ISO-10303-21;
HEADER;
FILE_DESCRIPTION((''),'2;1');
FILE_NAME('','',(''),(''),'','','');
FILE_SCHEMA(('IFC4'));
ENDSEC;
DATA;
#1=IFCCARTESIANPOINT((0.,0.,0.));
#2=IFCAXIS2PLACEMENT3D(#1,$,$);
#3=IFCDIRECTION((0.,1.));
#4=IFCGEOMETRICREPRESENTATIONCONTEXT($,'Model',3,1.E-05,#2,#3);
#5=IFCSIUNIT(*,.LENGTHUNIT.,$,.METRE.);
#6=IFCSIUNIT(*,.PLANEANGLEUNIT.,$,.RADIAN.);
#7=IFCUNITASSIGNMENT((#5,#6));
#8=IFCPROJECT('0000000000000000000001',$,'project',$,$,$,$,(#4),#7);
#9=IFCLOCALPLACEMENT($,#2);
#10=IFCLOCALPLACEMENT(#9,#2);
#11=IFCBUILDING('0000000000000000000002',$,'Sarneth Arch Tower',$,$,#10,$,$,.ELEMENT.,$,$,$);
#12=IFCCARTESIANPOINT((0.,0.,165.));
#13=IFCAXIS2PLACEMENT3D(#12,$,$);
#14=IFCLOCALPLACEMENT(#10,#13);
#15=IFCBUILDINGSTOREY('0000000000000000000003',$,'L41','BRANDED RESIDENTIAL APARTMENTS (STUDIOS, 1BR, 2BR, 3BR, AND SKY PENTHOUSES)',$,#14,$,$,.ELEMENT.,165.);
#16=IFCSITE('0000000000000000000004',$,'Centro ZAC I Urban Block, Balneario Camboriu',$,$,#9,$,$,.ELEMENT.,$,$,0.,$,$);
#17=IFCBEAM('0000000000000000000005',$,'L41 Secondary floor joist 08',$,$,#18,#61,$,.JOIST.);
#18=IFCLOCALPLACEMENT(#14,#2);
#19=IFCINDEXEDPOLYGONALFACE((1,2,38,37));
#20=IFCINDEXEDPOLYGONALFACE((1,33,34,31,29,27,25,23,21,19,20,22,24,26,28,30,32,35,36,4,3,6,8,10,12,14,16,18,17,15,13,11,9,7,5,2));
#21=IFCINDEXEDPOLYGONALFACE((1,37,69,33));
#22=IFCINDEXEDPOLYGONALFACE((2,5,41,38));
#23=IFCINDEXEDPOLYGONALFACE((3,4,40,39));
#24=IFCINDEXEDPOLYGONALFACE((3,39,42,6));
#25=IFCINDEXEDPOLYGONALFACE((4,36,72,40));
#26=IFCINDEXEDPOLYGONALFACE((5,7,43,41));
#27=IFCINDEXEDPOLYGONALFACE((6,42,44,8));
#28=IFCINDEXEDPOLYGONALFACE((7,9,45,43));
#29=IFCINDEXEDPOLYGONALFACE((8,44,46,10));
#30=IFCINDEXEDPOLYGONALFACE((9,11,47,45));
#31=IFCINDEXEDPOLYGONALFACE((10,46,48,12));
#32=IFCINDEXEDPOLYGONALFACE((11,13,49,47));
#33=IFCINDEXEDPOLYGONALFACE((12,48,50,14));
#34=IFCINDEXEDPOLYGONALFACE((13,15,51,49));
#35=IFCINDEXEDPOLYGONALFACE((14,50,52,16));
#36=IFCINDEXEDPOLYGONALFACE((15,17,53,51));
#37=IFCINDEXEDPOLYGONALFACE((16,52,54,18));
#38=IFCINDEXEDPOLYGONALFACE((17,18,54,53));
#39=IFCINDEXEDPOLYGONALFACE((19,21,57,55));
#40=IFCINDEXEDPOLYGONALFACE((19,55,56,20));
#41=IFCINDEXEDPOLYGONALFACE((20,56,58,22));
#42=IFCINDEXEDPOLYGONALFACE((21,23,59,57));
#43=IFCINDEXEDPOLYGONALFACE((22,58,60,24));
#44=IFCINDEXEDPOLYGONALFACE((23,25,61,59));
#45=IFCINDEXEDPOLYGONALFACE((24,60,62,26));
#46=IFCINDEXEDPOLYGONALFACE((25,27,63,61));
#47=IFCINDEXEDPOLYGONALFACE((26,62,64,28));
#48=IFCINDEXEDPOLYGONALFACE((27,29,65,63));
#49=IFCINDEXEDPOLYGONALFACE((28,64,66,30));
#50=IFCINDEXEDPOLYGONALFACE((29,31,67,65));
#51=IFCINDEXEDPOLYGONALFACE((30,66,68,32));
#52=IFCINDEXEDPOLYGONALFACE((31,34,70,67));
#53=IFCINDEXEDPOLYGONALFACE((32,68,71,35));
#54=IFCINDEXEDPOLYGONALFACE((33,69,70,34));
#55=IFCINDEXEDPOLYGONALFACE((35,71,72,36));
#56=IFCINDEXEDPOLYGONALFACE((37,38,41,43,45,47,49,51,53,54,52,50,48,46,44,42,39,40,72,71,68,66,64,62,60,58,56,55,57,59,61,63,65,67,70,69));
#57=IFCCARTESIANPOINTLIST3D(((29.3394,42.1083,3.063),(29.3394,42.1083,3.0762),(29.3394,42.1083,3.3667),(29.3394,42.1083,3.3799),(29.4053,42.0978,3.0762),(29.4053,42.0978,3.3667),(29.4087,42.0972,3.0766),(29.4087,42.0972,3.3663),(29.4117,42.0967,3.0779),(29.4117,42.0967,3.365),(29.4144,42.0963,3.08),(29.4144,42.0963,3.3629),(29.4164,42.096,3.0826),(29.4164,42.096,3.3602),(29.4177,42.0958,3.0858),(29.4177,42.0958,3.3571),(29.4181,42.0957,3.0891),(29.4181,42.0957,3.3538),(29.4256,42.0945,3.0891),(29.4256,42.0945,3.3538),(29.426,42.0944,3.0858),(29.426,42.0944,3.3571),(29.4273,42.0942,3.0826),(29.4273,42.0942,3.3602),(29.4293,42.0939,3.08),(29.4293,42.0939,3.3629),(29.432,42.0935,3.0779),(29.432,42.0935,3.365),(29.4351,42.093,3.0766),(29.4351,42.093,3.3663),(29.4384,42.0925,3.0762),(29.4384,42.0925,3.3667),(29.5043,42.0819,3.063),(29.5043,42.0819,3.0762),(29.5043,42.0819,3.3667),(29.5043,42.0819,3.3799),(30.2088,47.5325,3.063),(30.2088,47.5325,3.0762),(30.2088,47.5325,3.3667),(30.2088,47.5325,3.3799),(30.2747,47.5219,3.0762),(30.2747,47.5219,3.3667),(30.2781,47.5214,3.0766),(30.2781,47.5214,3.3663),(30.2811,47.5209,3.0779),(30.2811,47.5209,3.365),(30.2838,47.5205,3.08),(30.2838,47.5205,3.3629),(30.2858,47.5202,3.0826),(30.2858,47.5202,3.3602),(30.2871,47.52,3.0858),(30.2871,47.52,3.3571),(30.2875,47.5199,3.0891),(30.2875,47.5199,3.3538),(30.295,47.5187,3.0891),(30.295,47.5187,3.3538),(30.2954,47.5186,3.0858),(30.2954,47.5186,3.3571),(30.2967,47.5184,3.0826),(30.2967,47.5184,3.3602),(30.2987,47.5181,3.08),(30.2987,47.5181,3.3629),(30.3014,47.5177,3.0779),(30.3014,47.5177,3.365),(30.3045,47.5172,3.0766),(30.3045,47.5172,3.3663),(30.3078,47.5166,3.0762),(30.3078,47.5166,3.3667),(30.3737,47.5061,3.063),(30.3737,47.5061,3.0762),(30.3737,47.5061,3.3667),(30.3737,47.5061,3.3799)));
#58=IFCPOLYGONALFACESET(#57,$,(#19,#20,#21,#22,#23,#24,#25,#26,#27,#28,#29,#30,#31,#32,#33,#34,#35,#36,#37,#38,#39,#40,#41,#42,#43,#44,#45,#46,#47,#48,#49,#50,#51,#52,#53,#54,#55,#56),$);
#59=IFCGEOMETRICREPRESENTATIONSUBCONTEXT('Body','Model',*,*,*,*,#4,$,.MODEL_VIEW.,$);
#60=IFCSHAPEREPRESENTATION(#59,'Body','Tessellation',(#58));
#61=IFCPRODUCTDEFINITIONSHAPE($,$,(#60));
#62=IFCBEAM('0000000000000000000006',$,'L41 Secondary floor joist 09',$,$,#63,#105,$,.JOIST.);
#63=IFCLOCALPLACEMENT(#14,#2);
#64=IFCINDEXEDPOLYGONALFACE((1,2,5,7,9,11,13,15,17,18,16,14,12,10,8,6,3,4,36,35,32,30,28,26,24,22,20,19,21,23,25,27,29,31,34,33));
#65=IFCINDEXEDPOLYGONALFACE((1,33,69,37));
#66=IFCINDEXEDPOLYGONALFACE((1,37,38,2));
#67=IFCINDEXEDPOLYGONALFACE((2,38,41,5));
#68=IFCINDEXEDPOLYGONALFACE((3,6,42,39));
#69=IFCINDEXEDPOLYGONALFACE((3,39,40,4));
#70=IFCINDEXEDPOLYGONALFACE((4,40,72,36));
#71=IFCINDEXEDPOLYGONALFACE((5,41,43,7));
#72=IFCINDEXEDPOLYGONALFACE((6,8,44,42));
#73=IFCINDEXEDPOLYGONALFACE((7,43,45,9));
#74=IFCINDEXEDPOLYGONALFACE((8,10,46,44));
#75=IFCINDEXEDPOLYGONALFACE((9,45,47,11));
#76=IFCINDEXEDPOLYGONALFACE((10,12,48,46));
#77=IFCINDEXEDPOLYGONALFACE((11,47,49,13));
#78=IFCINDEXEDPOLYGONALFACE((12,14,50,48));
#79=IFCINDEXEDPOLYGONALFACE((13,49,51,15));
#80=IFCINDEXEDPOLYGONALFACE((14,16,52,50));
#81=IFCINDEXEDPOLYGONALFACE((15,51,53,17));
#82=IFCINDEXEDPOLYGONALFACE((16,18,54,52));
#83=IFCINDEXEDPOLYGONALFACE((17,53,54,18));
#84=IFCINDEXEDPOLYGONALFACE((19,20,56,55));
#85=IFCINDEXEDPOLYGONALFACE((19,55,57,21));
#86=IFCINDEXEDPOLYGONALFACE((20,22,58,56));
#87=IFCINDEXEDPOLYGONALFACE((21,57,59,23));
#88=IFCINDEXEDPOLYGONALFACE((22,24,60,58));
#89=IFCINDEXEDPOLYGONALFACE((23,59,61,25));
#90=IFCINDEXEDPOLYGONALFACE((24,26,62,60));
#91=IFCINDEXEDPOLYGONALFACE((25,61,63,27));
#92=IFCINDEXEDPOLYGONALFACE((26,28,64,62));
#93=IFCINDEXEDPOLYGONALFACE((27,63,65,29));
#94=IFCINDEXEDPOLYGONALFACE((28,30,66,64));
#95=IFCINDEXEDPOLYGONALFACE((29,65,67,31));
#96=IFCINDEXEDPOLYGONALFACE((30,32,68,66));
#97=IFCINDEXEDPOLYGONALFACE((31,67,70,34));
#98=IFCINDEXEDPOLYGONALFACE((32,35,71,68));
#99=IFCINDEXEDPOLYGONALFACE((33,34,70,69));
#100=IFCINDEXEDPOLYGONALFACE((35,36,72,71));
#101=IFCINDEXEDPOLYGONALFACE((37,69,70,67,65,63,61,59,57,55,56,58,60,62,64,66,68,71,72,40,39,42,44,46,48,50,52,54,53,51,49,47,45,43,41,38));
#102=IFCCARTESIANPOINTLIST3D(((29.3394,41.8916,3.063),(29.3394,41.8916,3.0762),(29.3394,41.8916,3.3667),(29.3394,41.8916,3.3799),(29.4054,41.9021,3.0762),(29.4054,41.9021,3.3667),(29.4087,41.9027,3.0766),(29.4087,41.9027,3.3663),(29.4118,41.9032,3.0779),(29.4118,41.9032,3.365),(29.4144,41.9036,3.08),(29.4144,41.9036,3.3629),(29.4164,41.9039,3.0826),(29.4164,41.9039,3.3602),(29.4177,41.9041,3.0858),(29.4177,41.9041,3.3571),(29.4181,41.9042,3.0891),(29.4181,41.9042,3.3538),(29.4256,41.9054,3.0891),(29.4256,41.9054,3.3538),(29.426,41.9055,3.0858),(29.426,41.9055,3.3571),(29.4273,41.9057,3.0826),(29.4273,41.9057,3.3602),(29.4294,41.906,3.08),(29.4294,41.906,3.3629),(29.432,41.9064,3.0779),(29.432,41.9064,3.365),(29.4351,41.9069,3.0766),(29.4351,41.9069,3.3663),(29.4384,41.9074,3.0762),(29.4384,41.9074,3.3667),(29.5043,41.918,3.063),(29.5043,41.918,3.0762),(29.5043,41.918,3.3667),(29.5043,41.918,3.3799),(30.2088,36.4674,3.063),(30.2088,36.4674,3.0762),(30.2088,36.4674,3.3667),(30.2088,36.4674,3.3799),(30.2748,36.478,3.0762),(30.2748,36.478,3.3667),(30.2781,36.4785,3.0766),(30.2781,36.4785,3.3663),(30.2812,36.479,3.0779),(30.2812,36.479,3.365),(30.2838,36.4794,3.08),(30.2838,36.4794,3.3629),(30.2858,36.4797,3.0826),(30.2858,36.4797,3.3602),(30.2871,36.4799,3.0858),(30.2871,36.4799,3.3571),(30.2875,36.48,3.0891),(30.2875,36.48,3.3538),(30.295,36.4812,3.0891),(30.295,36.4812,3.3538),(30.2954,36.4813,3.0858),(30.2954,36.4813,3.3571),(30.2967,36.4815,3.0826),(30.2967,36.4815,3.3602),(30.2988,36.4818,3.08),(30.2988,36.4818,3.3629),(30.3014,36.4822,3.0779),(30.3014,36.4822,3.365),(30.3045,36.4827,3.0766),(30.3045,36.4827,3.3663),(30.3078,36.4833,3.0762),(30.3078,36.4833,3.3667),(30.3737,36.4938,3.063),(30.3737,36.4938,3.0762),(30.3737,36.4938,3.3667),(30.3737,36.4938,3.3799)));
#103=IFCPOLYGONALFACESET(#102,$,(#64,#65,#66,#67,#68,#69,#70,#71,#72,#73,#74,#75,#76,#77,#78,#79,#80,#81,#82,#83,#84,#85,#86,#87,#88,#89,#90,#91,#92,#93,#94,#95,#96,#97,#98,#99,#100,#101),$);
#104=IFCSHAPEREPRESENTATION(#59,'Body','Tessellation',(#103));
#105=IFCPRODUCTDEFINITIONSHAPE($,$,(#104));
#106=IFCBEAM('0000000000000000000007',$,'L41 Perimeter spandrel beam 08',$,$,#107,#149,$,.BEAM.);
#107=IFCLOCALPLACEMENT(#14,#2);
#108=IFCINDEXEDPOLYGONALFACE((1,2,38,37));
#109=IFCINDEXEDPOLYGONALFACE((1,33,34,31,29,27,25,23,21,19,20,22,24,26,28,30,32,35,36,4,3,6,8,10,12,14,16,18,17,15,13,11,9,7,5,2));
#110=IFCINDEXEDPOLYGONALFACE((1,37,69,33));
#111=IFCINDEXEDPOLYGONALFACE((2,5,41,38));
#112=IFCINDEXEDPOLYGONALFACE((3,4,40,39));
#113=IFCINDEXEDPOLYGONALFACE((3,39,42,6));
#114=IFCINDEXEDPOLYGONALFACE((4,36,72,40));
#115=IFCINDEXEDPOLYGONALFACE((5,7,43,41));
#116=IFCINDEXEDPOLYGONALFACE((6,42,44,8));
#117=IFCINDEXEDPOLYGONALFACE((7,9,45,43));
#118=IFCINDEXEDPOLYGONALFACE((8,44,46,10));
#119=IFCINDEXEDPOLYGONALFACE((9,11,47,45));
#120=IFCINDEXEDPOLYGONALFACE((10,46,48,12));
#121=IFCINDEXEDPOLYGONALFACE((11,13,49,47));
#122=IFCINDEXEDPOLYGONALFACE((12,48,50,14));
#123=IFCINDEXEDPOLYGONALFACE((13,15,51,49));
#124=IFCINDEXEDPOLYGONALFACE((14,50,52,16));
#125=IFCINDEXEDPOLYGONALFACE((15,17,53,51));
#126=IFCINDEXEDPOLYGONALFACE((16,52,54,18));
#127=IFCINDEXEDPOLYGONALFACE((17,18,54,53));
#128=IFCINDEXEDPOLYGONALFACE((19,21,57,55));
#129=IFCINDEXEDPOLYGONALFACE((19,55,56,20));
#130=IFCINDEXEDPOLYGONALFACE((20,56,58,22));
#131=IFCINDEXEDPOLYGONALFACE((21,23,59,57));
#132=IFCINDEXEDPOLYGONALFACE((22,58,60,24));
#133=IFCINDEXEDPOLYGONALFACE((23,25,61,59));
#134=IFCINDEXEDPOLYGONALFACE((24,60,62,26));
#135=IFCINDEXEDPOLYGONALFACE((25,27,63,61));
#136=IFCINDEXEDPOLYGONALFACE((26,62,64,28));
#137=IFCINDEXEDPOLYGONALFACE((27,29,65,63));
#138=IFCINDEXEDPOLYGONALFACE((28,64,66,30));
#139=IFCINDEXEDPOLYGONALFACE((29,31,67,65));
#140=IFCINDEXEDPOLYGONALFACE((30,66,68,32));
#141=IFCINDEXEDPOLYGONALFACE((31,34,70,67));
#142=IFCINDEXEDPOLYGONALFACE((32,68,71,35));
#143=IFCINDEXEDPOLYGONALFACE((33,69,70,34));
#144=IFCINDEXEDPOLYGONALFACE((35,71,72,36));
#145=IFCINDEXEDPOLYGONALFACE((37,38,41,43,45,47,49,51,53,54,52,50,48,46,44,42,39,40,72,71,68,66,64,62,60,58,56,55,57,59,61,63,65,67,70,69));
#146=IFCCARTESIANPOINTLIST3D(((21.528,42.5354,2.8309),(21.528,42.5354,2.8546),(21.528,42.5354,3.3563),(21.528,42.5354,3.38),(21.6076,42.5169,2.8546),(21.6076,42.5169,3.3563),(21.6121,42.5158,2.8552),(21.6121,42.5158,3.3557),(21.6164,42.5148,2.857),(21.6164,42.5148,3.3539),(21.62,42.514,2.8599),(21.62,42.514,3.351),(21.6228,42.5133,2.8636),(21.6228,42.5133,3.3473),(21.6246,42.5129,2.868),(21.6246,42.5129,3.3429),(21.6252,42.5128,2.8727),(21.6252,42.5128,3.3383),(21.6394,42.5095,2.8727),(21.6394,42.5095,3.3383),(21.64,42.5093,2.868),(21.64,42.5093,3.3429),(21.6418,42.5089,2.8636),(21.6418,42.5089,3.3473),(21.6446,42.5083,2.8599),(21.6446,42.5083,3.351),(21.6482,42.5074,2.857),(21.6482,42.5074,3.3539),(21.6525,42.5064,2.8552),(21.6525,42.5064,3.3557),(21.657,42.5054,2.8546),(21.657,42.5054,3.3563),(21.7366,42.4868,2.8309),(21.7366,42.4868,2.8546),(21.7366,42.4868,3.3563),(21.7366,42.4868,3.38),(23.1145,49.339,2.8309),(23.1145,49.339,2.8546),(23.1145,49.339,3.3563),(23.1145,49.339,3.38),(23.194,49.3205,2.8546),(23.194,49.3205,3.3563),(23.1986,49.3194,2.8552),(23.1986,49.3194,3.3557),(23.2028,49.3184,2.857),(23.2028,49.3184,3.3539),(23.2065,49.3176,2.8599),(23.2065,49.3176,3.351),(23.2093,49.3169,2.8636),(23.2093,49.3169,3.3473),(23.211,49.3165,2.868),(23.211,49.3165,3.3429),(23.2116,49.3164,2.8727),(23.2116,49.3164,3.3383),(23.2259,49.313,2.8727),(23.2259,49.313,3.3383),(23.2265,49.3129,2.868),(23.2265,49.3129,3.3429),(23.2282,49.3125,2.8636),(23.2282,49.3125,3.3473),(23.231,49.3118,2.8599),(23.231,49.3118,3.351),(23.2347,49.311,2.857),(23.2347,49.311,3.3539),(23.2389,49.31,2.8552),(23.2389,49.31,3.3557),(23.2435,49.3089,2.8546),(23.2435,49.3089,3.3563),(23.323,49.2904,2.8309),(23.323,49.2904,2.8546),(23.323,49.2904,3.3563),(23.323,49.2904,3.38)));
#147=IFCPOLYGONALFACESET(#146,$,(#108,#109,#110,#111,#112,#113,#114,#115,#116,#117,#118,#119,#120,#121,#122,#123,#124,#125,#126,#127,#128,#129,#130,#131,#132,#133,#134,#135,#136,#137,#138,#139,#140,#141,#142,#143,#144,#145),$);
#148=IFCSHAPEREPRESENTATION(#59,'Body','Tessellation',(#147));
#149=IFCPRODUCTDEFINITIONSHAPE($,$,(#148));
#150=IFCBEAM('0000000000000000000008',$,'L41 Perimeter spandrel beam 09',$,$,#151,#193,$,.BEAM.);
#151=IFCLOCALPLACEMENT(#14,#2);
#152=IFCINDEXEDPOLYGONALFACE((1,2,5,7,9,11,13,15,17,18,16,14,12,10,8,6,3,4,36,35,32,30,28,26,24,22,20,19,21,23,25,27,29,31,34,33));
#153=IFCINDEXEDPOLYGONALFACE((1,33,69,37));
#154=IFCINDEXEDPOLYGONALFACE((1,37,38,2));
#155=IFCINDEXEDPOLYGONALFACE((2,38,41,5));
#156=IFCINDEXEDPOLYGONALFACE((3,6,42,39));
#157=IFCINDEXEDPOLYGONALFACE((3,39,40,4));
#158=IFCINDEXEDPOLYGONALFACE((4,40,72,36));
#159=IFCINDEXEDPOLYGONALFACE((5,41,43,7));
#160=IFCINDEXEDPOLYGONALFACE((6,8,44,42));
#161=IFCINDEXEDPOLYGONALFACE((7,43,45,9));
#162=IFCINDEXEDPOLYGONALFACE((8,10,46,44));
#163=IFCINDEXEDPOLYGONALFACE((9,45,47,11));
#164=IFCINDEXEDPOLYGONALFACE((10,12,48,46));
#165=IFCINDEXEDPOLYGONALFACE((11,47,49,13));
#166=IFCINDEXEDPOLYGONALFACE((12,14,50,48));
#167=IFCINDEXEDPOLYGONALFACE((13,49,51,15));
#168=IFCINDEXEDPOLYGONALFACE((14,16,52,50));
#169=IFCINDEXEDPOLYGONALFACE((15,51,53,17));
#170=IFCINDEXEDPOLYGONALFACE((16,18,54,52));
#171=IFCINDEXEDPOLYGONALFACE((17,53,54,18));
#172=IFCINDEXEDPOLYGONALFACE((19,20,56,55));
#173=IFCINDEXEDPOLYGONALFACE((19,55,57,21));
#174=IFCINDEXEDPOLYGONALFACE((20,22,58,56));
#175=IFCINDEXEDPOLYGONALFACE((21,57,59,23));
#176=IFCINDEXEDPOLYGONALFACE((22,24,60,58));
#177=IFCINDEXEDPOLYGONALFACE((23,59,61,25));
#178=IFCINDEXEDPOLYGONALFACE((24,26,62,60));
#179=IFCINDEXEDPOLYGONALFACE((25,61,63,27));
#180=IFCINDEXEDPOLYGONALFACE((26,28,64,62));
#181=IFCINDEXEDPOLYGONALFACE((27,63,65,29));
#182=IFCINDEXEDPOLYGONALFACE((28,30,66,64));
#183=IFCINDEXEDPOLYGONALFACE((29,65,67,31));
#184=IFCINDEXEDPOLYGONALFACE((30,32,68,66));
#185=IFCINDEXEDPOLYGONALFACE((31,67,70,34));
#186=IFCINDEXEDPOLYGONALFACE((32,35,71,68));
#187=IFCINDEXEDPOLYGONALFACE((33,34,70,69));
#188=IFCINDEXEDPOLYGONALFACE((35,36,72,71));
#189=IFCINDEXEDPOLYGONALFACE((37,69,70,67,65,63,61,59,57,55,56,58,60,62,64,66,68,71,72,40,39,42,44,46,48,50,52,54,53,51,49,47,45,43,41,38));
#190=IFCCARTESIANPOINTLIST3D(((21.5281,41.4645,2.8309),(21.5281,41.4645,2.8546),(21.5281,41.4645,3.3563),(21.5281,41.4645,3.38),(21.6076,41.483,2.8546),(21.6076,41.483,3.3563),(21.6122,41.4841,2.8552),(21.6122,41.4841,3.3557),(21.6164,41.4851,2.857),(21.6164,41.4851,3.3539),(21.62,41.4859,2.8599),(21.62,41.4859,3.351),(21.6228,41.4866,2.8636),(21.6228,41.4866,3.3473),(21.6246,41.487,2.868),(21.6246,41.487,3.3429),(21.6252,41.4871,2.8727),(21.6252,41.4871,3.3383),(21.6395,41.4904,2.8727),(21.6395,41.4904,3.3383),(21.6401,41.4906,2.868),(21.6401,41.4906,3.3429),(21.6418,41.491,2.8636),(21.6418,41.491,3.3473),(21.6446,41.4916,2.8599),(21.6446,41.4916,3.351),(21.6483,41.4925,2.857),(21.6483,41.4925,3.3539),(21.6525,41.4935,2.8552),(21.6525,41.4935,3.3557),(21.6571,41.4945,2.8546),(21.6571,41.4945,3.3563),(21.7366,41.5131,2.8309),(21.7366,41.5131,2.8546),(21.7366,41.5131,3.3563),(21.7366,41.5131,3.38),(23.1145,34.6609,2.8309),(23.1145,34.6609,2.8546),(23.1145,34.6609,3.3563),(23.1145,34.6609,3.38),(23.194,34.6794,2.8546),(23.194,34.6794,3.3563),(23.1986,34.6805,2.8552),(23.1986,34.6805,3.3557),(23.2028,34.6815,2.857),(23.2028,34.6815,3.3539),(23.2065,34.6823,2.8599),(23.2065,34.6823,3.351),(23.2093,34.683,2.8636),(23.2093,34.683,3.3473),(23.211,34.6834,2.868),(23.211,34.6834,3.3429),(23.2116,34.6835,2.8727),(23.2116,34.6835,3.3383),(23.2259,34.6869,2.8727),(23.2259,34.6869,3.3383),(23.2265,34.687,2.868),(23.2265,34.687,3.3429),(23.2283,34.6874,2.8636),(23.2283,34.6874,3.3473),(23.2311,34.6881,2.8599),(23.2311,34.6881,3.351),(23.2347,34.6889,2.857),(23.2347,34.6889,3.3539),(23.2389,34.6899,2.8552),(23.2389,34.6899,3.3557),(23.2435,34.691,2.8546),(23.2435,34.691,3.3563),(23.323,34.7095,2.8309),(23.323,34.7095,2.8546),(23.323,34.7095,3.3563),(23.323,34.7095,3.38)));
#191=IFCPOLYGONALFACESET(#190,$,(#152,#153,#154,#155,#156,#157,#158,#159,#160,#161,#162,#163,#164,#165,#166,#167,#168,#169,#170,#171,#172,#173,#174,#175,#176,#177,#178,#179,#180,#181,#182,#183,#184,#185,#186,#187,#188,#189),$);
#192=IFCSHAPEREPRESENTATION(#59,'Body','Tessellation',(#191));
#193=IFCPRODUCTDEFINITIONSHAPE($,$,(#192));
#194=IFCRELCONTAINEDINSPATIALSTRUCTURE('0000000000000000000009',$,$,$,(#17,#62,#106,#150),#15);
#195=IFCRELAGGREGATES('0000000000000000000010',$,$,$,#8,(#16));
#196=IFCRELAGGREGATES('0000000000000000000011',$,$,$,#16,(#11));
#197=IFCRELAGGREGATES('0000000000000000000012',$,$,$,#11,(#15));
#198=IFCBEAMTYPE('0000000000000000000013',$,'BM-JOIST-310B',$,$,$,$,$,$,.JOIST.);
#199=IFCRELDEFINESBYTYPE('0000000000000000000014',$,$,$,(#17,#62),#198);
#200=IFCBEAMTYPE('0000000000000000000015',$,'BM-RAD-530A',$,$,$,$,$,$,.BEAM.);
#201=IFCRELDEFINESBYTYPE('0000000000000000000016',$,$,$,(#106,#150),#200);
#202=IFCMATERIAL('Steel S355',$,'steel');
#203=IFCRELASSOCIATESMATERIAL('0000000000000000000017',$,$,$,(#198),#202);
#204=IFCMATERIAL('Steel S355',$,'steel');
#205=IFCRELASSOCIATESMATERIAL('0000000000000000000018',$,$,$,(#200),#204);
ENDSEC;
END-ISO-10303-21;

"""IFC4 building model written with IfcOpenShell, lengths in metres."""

from ifc_helpers import new_model, si_unit, direction, frame, origin, origin_2d, place, context, subcontext, project, spatial, i_section, extrude, material, material_profile, profile_set, type_object, element, save


model = new_model("IFC4")

# Units and contexts
model_context = context("Model", 3, precision=1e-05, world=origin(), true_north=direction((0.0, 1.0)))
body_context = subcontext(model_context, "Body", "Model", "MODEL_VIEW")
ifc_project = project(units=[si_unit("LENGTHUNIT", "METRE"), si_unit("PLANEANGLEUNIT", "RADIAN")], contexts=[model_context])

# Site, building, storey
site_placement = place(None, origin())
site = spatial("IfcSite", under=ifc_project, at=site_placement, Name="Centro ZAC I Urban Block, Balneario Camboriu", CompositionType="ELEMENT", RefElevation=0.0)
building_placement = place(site_placement, origin())
building = spatial("IfcBuilding", under=site, at=building_placement, Name="Sarneth Arch Tower", CompositionType="ELEMENT")
storey_placement = place(building_placement, frame((0.0, 0.0, 165.0)))
storey = spatial("IfcBuildingStorey", under=building, at=storey_placement, Name="L41", Description="BRANDED RESIDENTIAL APARTMENTS (STUDIOS, 1BR, 2BR, 3BR, AND SKY PENTHOUSES)", CompositionType="ELEMENT", Elevation=165.0)

# Beams
ifc_material_1 = material(Name="Steel S355", Category="steel")
ifc_material_profile_1 = material_profile(ifc_material_1, i_section(OverallWidth=0.167, OverallDepth=0.3169, WebThickness=0.0076, FlangeThickness=0.0132, FilletRadius=0.0129, at=origin_2d()), Name="W310x52")
ifc_profile_set_1 = profile_set([ifc_material_profile_1], Name="Steel S355")
beam_type_1 = type_object("IfcBeamType", Name="BM-JOIST-310B", PredefinedType="JOIST", material=ifc_profile_set_1)
for number, where, z_axis, x_axis, name in (
    (1, (30.2913, 47.5193, 3.2214), (-0.158263, -0.987397, 0.0), (0.987397, -0.158263, 0.0), "L41 Secondary floor joist 08"),
    (2, (29.4219, 41.9048, 3.2214), (0.158263, -0.987397, 0.0), (0.987397, 0.158263, 0.0), "L41 Secondary floor joist 09"),
):
    element("IfcBeam", number, at=place(storey_placement, frame(where, z_axis=z_axis, x_axis=x_axis)), inside=storey, type_object=beam_type_1, Name=name, PredefinedType="JOIST", context=body_context, shape_type="SweptSolid", body=[
        extrude(i_section(OverallWidth=0.167, OverallDepth=0.3169, WebThickness=0.0076, FlangeThickness=0.0132, FilletRadius=0.0129, at=origin_2d()), origin(), (0.0, 0.0, 1.0), 5.4934),
    ])
ifc_material_2 = material(Name="Steel S355", Category="steel")
ifc_material_profile_2 = material_profile(ifc_material_2, i_section(OverallWidth=0.2141, OverallDepth=0.5491, WebThickness=0.0146, FlangeThickness=0.0237, FilletRadius=0.0181, at=origin_2d()), Name="W530x138")
ifc_profile_set_2 = profile_set([ifc_material_profile_2], Name="Steel S355")
beam_type_2 = type_object("IfcBeamType", Name="BM-RAD-530A", PredefinedType="BEAM", material=ifc_profile_set_2)
for number, where, z_axis, x_axis, name in (
    (3, (23.2188, 49.3147, 3.1055), (-0.227087, -0.973874, 0.0), (0.973874, -0.227087, 0.0), "L41 Perimeter spandrel beam 08"),
    (4, (21.6323, 41.4888, 3.1055), (0.227087, -0.973874, 0.0), (0.973874, 0.227087, 0.0), "L41 Perimeter spandrel beam 09"),
):
    element("IfcBeam", number, at=place(storey_placement, frame(where, z_axis=z_axis, x_axis=x_axis)), inside=storey, type_object=beam_type_2, Name=name, PredefinedType="BEAM", context=body_context, shape_type="SweptSolid", body=[
        extrude(i_section(OverallWidth=0.2141, OverallDepth=0.5491, WebThickness=0.0146, FlangeThickness=0.0237, FilletRadius=0.0181, at=origin_2d()), origin(), (0.0, 0.0, 1.0), 6.9861),
    ])

save(model, "model.ifc")
